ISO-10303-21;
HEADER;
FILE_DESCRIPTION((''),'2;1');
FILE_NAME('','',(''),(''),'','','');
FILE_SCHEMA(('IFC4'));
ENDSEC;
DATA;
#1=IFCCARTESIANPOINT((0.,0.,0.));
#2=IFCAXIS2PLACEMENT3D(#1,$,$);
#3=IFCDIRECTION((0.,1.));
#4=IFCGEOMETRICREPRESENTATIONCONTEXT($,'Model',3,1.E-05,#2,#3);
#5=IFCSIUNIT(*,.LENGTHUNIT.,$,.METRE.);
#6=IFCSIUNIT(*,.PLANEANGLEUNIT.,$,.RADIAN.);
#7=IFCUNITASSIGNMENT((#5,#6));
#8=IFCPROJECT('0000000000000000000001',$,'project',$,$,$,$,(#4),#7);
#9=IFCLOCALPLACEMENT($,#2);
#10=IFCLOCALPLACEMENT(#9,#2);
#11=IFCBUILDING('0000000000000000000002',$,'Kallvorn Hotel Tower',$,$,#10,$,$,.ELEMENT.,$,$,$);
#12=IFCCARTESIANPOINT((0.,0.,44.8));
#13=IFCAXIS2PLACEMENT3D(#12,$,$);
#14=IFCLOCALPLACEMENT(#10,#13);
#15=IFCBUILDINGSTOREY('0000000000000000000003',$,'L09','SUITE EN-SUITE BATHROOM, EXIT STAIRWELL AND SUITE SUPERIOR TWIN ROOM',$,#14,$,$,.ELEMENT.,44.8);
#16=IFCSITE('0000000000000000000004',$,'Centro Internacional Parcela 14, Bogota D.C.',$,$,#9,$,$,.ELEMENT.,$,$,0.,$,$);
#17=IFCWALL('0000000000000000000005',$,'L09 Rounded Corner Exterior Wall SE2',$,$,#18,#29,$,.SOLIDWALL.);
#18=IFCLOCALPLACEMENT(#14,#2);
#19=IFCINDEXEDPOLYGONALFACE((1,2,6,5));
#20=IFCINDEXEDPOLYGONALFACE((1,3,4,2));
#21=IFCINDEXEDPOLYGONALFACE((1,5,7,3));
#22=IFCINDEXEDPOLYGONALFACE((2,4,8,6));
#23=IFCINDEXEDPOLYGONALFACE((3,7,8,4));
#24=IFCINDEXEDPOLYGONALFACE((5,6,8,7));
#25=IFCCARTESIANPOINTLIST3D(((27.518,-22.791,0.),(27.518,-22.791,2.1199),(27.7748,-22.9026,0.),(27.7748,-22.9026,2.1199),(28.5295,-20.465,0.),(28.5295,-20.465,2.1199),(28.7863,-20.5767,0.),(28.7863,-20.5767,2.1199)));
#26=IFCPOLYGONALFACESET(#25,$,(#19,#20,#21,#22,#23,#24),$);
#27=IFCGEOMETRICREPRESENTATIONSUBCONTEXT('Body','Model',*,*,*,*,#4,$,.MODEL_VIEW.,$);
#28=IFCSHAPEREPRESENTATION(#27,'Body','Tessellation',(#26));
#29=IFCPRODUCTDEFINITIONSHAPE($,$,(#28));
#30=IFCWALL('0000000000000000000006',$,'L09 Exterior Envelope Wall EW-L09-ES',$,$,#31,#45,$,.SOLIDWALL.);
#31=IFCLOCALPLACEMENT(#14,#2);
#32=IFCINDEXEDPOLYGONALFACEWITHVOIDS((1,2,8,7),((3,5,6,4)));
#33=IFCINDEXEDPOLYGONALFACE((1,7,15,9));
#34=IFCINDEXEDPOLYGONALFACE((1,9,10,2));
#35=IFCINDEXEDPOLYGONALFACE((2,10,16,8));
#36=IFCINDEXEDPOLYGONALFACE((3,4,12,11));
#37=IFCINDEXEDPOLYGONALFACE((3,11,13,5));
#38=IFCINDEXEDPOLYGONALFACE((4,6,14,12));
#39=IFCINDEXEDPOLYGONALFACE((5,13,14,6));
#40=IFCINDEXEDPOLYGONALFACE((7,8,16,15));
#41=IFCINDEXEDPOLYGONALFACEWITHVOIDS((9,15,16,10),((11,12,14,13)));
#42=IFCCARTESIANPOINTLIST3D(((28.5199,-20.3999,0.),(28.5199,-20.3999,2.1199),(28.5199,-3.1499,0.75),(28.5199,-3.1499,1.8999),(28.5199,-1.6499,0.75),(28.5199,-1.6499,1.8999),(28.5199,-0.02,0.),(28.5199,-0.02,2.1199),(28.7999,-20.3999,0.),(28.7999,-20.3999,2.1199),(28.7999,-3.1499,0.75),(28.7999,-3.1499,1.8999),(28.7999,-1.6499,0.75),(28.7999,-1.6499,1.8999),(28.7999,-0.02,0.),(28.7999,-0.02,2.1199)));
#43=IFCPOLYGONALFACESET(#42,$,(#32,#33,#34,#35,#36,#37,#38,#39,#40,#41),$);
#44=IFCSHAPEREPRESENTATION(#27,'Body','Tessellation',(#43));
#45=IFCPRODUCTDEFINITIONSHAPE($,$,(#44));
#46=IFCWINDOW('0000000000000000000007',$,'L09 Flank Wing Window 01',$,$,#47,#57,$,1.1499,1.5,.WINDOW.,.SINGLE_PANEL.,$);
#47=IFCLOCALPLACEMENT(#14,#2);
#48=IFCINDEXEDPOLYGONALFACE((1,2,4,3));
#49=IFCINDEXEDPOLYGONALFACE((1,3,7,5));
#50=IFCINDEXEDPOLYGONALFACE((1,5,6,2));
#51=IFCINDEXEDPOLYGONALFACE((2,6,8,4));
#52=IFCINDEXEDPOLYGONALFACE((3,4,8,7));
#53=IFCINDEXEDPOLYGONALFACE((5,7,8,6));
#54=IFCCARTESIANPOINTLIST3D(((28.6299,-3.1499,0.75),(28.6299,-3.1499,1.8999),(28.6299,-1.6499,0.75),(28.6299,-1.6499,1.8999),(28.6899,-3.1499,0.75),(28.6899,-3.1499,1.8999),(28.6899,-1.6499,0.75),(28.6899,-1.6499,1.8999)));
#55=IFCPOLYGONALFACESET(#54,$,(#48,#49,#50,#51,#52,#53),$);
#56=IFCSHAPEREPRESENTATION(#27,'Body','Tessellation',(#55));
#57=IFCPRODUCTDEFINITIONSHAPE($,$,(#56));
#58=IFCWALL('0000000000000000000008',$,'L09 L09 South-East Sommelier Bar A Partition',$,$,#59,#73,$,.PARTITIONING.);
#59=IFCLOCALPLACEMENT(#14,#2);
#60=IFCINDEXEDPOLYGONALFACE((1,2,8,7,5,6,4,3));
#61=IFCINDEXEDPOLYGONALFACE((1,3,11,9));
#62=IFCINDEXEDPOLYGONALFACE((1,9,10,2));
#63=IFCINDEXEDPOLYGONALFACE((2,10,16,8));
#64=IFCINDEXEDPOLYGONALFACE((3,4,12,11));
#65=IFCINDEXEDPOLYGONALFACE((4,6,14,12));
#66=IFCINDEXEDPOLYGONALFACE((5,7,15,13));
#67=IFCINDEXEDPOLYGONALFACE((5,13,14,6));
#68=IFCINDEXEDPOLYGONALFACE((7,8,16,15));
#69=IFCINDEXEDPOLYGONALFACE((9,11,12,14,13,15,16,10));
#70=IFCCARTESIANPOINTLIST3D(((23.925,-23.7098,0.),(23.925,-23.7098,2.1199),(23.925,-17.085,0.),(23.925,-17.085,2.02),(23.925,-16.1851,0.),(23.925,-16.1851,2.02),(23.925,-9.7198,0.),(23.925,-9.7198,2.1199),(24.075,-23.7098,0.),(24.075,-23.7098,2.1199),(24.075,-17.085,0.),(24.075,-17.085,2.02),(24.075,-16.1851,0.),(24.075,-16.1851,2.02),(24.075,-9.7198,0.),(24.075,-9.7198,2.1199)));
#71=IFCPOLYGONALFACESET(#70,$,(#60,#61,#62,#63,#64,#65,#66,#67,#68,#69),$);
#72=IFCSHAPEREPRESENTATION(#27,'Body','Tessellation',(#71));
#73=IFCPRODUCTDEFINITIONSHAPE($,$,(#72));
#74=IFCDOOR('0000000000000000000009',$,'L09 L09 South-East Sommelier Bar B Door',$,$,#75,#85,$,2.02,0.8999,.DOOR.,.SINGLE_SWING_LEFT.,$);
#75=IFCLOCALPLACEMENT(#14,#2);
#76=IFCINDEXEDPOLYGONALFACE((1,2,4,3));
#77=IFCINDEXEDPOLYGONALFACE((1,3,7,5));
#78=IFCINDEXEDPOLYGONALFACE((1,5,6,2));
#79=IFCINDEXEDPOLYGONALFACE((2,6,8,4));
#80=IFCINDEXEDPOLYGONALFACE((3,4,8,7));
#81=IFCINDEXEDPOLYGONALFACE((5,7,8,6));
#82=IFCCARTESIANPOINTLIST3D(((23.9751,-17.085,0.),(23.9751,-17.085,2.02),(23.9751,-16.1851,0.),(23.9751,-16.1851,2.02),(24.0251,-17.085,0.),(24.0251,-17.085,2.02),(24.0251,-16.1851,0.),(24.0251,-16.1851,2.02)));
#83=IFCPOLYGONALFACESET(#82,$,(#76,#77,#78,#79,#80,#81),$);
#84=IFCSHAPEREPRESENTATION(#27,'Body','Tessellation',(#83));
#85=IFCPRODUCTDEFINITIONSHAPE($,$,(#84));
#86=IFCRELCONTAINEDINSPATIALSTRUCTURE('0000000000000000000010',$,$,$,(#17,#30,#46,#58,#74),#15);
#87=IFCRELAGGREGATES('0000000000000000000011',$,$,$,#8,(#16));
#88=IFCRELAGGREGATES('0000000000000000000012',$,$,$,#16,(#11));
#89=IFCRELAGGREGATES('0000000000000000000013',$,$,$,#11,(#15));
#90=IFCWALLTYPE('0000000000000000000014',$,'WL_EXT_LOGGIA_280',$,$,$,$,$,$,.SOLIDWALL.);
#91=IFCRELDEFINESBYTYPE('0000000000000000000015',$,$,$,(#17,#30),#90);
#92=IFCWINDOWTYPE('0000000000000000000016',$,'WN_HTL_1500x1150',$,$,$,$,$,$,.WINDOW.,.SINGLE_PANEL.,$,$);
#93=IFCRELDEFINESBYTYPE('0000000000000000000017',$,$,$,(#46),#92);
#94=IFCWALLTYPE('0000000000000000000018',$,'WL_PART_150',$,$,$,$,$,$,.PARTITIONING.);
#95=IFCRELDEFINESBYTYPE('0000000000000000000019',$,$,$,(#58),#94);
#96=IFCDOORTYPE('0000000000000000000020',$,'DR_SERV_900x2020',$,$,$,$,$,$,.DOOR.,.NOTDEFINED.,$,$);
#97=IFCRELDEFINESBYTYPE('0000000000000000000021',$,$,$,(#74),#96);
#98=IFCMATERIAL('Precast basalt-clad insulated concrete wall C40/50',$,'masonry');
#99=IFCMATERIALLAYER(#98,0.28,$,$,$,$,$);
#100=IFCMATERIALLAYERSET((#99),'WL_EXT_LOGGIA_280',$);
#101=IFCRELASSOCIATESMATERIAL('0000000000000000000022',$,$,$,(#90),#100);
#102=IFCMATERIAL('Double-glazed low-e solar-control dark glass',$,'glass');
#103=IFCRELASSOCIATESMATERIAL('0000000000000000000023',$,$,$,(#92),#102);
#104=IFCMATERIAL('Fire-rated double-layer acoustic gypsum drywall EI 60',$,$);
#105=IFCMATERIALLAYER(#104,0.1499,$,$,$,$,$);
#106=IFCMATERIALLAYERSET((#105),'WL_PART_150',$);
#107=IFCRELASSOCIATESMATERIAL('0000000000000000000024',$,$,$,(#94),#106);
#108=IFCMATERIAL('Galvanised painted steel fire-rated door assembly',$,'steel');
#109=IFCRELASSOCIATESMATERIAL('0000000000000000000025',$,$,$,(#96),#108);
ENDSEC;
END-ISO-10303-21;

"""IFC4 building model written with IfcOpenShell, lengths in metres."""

from ifc_helpers import new_model, si_unit, direction, frame, frame_2d, origin, place, context, subcontext, project, spatial, rectangle, extrude, material, layer, layer_set, type_object, element, fill, save


model = new_model("IFC4")

# Units and contexts
model_context = context("Model", 3, precision=1e-05, world=origin(), true_north=direction((0.0, 1.0)))
body_context = subcontext(model_context, "Body", "Model", "MODEL_VIEW")
ifc_project = project(units=[si_unit("LENGTHUNIT", "METRE"), si_unit("PLANEANGLEUNIT", "RADIAN")], contexts=[model_context])

# Site, building, storey
site_placement = place(None, origin())
site = spatial("IfcSite", under=ifc_project, at=site_placement, Name="Centro Internacional Parcela 14, Bogota D.C.", CompositionType="ELEMENT", RefElevation=0.0)
building_placement = place(site_placement, origin())
building = spatial("IfcBuilding", under=site, at=building_placement, Name="Kallvorn Hotel Tower", CompositionType="ELEMENT")
storey_placement = place(building_placement, frame((0.0, 0.0, 44.8)))
storey = spatial("IfcBuildingStorey", under=building, at=storey_placement, Name="L09", Description="SUITE EN-SUITE BATHROOM, EXIT STAIRWELL AND SUITE SUPERIOR TWIN ROOM", CompositionType="ELEMENT", Elevation=44.8)

# Wall
ifc_material_1 = material(Name="Precast basalt-clad insulated concrete wall C40/50", Category="masonry")
ifc_layer_1 = layer(ifc_material_1, 0.28)
ifc_layer_set_1 = layer_set([ifc_layer_1], Name="WL_EXT_LOGGIA_280")
wall_type_1 = type_object("IfcWallType", Name="WL_EXT_LOGGIA_280", PredefinedType="SOLIDWALL", material=ifc_layer_set_1)
wall_1_placement = place(storey_placement, frame((27.6465, -22.8467, 0.0), z_axis=(0.0, 0.0, 1.0), x_axis=(0.398793, 0.917041, 0.0)))
element("IfcWall", 1, at=wall_1_placement, inside=storey, type_object=wall_type_1, Name="L09 Rounded Corner Exterior Wall SE2", PredefinedType="SOLIDWALL", context=body_context, shape_type="SweptSolid", body=[
    extrude(rectangle(XDim=2.5364, YDim=0.28, at=frame_2d((1.2681, 0.0))), origin(), (0.0, 0.0, 1.0), 2.1199),
])

# Wall, opening, window
wall_2_placement = place(storey_placement, frame((28.6599, -20.3999, 0.0), z_axis=(0.0, 0.0, 1.0), x_axis=(0.0, 1.0, 0.0)))
wall_2 = element("IfcWall", 2, at=wall_2_placement, inside=storey, type_object=wall_type_1, Name="L09 Exterior Envelope Wall EW-L09-ES", PredefinedType="SOLIDWALL", context=body_context, shape_type="SweptSolid", body=[
    extrude(rectangle(XDim=20.3799, YDim=0.28, at=frame_2d((10.1899, 0.0))), origin(), (0.0, 0.0, 1.0), 2.1199),
])
opening_1_placement = place(wall_2_placement, frame((17.25, 0.0, 0.75)))
opening_1 = element("IfcOpeningElement", 3, at=opening_1_placement, cuts=wall_2, PredefinedType="OPENING", context=body_context, shape_type="SweptSolid", body=[
    extrude(rectangle(XDim=1.5, YDim=1.1499, at=frame_2d((0.75, 0.575))), frame((0.0, 0.155, 0.0), z_axis=(0.0, -1.0, 0.0), x_axis=(1.0, 0.0, 0.0)), (0.0, 0.0, 1.0), 0.3101),
])
ifc_material_2 = material(Name="Double-glazed low-e solar-control dark glass", Category="glass")
window_type = type_object("IfcWindowType", Name="WN_HTL_1500x1150", PartitioningType="SINGLE_PANEL", PredefinedType="WINDOW", material=ifc_material_2)
window_placement = place(opening_1_placement, origin())
window = element("IfcWindow", 4, at=window_placement, inside=storey, type_object=window_type, Name="L09 Flank Wing Window 01", OverallHeight=1.1499, OverallWidth=1.5, PartitioningType="SINGLE_PANEL", PredefinedType="WINDOW", context=body_context, shape_type="SweptSolid", body=[
    extrude(rectangle(XDim=1.5, YDim=1.1499, at=frame_2d((0.75, 0.575))), frame((0.0, 0.03, 0.0), z_axis=(0.0, -1.0, 0.0), x_axis=(1.0, 0.0, 0.0)), (0.0, 0.0, 1.0), 0.0601),
])
fill(opening_1, window)

# Wall, opening, door
ifc_material_3 = material(Name="Fire-rated double-layer acoustic gypsum drywall EI 60")
ifc_layer_2 = layer(ifc_material_3, 0.1499)
ifc_layer_set_2 = layer_set([ifc_layer_2], Name="WL_PART_150")
wall_type_2 = type_object("IfcWallType", Name="WL_PART_150", PredefinedType="PARTITIONING", material=ifc_layer_set_2)
wall_3_placement = place(storey_placement, frame((24.0, -23.71, 0.0), z_axis=(0.0, 0.0, 1.0), x_axis=(0.0, 1.0, 0.0)))
wall_3 = element("IfcWall", 5, at=wall_3_placement, inside=storey, type_object=wall_type_2, Name="L09 L09 South-East Sommelier Bar A Partition", PredefinedType="PARTITIONING", context=body_context, shape_type="SweptSolid", body=[
    extrude(rectangle(XDim=13.99, YDim=0.1499, at=frame_2d((6.9951, 0.0))), origin(), (0.0, 0.0, 1.0), 2.1199),
])
opening_2_placement = place(wall_3_placement, frame((6.625, 0.0, 0.0)))
opening_2 = element("IfcOpeningElement", 6, at=opening_2_placement, cuts=wall_3, PredefinedType="OPENING", context=body_context, shape_type="SweptSolid", body=[
    extrude(rectangle(XDim=0.8999, YDim=2.02, at=frame_2d((0.45, 1.01))), frame((0.0, 0.0898, 0.0), z_axis=(0.0, -1.0, 0.0), x_axis=(1.0, 0.0, 0.0)), (0.0, 0.0, 1.0), 0.1799),
])
ifc_material_4 = material(Name="Galvanised painted steel fire-rated door assembly", Category="steel")
door_type = type_object("IfcDoorType", Name="DR_SERV_900x2020", OperationType="NOTDEFINED", PredefinedType="DOOR", material=ifc_material_4)
door_placement = place(opening_2_placement, origin())
door = element("IfcDoor", 7, at=door_placement, inside=storey, type_object=door_type, Name="L09 L09 South-East Sommelier Bar B Door", OperationType="SINGLE_SWING_LEFT", OverallHeight=2.02, OverallWidth=0.8999, PredefinedType="DOOR", context=body_context, shape_type="SweptSolid", body=[
    extrude(rectangle(XDim=0.8999, YDim=2.02, at=frame_2d((0.45, 1.01))), frame((0.0, 0.0249, 0.0), z_axis=(0.0, -1.0, 0.0), x_axis=(1.0, 0.0, 0.0)), (0.0, 0.0, 1.0), 0.05),
])
fill(opening_2, door)

save(model, "model.ifc")
